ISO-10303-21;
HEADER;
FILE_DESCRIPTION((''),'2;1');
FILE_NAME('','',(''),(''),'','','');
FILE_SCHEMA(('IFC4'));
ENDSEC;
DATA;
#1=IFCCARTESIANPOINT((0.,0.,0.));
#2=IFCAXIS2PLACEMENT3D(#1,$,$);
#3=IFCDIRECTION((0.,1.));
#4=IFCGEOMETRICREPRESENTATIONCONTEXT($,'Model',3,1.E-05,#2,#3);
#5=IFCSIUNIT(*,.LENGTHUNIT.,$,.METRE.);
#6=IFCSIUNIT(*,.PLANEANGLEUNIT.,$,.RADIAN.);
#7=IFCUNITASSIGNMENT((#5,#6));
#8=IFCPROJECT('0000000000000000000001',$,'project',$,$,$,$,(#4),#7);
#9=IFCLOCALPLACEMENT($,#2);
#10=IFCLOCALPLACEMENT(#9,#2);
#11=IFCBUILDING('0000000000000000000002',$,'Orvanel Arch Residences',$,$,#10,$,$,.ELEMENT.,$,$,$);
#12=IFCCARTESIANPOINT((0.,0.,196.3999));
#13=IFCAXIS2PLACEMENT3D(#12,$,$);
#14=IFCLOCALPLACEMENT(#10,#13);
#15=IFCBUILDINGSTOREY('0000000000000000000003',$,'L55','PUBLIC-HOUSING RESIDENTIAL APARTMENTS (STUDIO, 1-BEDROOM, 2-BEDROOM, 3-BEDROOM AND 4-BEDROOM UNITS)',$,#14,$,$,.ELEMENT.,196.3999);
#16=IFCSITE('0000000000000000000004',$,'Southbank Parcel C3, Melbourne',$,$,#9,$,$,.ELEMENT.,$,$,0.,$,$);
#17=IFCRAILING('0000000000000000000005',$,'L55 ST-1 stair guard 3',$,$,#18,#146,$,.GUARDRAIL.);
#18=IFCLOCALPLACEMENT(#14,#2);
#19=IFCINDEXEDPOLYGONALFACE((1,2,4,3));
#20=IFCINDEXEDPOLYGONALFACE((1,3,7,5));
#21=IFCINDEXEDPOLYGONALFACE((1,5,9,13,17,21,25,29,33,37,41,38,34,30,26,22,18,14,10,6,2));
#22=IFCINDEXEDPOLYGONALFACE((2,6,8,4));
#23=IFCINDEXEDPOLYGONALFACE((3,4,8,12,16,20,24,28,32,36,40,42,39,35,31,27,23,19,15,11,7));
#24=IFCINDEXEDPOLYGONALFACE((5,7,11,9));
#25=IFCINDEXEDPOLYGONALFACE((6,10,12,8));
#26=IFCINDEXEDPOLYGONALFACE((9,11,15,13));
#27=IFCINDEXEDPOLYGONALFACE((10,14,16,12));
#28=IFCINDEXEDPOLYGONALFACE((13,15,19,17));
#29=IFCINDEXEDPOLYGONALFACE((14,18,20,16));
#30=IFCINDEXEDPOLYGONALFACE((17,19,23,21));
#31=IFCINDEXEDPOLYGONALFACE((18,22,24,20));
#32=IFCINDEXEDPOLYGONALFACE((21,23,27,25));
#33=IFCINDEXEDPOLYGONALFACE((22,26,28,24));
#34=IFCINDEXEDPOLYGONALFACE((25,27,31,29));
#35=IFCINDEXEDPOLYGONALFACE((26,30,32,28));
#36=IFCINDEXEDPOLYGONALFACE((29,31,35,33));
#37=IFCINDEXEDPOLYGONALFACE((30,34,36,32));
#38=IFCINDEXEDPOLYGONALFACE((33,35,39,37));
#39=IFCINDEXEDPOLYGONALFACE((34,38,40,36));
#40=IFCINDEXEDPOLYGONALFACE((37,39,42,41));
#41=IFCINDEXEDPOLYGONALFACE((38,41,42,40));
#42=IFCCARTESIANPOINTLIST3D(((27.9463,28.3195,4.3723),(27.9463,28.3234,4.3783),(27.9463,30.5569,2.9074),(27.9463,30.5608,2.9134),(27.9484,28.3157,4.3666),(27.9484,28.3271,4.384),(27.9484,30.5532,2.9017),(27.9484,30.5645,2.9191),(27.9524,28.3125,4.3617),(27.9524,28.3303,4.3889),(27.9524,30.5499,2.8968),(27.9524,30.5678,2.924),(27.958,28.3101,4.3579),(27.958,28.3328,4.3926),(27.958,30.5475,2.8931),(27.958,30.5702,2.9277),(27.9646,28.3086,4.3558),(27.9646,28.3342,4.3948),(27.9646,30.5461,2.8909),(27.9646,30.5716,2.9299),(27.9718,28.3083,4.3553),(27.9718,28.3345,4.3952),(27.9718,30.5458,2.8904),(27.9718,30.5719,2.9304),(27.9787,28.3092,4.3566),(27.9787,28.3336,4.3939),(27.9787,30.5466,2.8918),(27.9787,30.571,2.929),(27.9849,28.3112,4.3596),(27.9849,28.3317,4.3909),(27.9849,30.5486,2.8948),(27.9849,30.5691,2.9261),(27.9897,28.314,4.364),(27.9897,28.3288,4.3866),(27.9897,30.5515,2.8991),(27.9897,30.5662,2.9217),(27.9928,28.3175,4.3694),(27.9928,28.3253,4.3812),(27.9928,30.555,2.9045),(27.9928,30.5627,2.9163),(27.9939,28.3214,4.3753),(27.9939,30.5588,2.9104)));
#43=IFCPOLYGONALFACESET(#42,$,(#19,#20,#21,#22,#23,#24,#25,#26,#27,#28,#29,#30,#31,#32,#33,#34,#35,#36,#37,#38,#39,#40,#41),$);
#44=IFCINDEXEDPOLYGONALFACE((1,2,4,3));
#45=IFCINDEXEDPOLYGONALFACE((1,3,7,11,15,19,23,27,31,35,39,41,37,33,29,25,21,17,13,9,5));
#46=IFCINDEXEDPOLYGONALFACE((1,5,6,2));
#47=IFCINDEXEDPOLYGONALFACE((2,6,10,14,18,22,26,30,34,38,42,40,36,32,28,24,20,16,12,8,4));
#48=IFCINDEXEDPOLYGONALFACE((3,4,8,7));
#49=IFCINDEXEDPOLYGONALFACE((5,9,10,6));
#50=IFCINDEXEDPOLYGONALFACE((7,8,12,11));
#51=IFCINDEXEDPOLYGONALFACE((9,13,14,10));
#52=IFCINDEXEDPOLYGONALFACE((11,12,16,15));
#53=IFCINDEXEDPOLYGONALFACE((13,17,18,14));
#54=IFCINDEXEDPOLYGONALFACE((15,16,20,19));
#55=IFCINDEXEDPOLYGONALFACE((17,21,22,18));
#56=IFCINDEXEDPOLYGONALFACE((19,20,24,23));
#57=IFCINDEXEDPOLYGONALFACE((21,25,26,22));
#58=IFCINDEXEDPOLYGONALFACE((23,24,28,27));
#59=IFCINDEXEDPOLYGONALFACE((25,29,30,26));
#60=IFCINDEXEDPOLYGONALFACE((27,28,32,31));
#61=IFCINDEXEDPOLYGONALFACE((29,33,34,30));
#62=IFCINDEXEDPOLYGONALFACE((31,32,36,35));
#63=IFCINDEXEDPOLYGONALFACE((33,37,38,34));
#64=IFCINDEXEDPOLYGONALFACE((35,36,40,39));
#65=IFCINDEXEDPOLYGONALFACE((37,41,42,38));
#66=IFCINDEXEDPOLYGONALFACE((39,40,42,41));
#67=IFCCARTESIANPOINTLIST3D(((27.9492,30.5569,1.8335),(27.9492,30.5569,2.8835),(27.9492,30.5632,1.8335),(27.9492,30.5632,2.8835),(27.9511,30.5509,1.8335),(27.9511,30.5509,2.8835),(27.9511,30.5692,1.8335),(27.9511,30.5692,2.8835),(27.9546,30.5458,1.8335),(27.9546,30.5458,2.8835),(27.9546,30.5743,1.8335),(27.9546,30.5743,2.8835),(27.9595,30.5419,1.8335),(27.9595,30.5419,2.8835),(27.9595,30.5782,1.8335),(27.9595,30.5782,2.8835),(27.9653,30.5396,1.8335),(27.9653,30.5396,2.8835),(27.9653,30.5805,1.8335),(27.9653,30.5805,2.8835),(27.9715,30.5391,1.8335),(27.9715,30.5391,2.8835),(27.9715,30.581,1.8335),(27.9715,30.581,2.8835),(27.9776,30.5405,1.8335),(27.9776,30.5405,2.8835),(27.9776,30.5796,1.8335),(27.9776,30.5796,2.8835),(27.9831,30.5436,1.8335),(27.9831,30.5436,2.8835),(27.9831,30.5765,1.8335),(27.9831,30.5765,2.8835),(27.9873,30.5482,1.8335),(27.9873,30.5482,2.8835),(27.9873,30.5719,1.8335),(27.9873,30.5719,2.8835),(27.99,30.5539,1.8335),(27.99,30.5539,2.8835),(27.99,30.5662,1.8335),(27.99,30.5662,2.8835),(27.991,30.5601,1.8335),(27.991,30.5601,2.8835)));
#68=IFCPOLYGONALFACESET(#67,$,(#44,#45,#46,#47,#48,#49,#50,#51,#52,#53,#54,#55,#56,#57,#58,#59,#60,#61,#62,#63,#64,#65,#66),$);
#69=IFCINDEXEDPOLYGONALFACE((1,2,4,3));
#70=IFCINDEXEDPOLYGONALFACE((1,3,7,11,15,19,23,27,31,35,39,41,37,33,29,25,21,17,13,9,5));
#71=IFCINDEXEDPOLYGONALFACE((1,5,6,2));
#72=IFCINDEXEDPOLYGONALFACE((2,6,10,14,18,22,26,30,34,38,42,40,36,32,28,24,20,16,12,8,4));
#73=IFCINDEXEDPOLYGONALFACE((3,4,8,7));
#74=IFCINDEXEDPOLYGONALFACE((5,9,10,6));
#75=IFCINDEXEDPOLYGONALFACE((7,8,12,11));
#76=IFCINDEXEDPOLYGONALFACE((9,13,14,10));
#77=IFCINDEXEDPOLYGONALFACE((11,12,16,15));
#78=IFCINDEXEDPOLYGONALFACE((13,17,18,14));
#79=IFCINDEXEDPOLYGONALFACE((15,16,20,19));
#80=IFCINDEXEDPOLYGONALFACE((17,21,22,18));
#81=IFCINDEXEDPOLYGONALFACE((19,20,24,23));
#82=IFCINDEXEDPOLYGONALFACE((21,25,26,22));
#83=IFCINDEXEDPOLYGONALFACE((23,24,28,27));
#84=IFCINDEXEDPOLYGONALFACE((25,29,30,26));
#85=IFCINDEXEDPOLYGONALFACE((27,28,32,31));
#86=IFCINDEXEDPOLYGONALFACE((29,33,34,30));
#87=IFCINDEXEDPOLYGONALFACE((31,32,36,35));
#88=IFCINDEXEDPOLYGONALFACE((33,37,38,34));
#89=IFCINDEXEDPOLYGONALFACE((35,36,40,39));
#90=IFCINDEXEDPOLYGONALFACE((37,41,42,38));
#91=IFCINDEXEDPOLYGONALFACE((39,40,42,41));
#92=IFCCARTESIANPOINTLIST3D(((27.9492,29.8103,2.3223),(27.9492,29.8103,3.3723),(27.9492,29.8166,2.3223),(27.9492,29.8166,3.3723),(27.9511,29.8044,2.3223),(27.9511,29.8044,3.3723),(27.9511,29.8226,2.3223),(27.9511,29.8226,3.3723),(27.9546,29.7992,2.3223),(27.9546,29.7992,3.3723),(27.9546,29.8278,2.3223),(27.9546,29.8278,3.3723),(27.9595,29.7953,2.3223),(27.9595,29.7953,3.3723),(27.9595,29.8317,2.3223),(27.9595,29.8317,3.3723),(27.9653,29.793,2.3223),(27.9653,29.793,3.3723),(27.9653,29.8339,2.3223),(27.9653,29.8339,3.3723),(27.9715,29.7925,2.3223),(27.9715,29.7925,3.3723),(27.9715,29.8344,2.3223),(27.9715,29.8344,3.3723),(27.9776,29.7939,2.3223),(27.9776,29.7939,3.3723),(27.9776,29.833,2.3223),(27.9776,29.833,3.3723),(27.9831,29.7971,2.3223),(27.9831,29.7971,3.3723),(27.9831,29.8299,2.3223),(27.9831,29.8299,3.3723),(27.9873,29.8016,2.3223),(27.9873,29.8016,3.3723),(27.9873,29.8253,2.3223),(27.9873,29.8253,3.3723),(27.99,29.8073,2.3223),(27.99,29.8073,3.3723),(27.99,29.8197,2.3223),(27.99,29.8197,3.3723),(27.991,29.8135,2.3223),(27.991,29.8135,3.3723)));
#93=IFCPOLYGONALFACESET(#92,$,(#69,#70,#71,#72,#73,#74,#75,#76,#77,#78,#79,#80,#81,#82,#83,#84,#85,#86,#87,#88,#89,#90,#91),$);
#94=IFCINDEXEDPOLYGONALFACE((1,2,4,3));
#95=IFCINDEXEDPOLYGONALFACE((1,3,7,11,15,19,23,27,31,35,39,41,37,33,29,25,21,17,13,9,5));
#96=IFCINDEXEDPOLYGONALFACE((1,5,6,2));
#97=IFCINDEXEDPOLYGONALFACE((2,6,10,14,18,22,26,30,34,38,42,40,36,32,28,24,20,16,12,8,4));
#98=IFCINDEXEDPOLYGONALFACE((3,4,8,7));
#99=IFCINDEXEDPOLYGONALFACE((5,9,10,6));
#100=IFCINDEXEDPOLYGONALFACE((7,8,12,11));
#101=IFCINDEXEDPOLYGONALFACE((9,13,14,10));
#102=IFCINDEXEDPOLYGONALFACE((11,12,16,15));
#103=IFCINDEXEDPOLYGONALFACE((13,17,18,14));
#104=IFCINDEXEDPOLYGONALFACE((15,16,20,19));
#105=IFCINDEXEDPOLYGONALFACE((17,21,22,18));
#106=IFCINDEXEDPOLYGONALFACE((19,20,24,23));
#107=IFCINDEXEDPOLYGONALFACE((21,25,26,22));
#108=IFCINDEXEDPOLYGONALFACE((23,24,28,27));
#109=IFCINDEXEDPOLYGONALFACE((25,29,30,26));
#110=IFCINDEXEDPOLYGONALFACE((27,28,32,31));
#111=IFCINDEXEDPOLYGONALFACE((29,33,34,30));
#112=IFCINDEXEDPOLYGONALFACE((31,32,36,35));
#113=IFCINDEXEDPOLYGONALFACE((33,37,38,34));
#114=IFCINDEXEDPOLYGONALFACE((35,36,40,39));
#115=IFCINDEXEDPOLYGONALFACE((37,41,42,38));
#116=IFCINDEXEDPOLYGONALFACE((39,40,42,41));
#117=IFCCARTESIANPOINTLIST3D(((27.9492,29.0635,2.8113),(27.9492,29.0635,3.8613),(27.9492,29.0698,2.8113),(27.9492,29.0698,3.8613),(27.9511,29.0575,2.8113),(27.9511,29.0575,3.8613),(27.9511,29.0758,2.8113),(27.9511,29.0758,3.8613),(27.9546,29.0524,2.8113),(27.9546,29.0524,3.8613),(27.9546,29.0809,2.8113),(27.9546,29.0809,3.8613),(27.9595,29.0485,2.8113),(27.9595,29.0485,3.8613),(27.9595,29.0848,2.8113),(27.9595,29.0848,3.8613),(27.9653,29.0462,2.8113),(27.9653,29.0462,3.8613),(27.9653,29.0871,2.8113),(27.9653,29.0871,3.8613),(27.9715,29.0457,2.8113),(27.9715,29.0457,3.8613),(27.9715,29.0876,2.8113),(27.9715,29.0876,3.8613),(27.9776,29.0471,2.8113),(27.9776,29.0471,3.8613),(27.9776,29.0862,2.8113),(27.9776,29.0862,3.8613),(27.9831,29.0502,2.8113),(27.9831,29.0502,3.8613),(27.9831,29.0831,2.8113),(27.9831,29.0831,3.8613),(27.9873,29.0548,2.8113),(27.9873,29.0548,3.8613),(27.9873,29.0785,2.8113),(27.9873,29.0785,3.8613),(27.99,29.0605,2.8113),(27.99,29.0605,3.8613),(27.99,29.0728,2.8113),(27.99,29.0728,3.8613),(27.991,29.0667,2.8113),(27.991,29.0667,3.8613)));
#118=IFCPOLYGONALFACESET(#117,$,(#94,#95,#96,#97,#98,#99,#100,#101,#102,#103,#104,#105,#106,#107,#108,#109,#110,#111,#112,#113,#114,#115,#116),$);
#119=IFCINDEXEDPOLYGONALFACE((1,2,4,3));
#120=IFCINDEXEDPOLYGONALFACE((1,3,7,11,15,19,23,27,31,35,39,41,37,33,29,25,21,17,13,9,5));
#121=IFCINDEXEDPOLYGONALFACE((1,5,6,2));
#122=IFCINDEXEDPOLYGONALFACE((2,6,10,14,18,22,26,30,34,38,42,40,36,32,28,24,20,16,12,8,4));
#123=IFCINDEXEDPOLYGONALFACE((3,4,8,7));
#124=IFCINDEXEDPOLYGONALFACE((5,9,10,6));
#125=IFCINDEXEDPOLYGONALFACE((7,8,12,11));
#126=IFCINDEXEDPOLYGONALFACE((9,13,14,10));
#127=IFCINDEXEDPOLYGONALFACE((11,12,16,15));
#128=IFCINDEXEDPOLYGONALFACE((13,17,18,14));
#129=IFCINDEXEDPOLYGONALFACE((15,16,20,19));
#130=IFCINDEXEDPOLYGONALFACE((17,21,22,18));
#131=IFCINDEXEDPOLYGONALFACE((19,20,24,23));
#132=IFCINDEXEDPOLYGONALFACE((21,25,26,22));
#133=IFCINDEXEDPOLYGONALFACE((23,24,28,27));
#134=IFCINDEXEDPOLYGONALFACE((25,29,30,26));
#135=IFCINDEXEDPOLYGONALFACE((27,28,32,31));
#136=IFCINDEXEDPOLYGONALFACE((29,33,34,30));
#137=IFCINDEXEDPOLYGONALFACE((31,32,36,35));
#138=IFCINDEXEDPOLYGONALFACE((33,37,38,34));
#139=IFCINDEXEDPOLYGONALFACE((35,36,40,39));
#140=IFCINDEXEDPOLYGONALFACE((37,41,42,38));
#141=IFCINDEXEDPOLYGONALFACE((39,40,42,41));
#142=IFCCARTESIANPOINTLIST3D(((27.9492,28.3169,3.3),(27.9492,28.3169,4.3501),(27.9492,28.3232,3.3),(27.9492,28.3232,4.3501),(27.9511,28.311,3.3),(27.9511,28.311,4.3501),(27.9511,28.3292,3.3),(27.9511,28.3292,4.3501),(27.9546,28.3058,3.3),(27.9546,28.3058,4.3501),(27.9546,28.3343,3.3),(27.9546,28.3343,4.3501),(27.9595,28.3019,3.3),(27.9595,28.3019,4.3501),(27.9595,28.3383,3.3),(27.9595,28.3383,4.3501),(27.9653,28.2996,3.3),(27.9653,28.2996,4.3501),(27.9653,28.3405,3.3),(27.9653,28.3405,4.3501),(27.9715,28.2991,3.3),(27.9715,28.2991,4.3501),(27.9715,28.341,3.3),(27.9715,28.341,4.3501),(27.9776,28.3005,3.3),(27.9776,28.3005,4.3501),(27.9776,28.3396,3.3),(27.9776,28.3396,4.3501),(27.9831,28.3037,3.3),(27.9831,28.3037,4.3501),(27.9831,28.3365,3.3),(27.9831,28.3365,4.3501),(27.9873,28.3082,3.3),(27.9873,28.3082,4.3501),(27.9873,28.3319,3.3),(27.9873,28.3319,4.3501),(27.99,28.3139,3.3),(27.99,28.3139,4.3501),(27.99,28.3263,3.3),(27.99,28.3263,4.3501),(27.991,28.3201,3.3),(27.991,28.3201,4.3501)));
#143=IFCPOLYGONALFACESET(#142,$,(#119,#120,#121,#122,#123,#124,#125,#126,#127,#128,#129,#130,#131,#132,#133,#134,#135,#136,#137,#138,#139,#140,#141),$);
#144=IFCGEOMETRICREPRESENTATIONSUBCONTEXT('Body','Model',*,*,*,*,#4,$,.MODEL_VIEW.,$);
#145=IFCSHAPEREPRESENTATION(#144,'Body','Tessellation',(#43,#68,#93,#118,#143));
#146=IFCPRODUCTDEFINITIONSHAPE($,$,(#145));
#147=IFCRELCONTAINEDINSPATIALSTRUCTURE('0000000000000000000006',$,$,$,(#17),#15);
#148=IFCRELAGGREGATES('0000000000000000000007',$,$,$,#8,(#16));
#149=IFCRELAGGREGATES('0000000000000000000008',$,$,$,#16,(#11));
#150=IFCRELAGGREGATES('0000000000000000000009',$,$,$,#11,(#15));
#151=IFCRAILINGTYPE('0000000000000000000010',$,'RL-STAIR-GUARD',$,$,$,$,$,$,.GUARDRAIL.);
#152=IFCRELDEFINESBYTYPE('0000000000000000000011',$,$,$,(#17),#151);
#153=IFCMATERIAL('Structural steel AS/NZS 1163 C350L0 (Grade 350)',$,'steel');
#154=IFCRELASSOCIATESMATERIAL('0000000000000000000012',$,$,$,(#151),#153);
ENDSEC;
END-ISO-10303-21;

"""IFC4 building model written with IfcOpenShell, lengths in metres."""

from ifc_helpers import new_model, si_unit, direction, frame, origin, origin_2d, place, context, subcontext, project, spatial, circle, extrude, material, type_object, element, save


model = new_model("IFC4")

# Units and contexts
model_context = context("Model", 3, precision=1e-05, world=origin(), true_north=direction((0.0, 1.0)))
body_context = subcontext(model_context, "Body", "Model", "MODEL_VIEW")
ifc_project = project(units=[si_unit("LENGTHUNIT", "METRE"), si_unit("PLANEANGLEUNIT", "RADIAN")], contexts=[model_context])

# Site, building, storey
site_placement = place(None, origin())
site = spatial("IfcSite", under=ifc_project, at=site_placement, Name="Southbank Parcel C3, Melbourne", CompositionType="ELEMENT", RefElevation=0.0)
building_placement = place(site_placement, origin())
building = spatial("IfcBuilding", under=site, at=building_placement, Name="Orvanel Arch Residences", CompositionType="ELEMENT")
storey_placement = place(building_placement, frame((0.0, 0.0, 196.3999)))
storey = spatial("IfcBuildingStorey", under=building, at=storey_placement, Name="L55", Description="PUBLIC-HOUSING RESIDENTIAL APARTMENTS (STUDIO, 1-BEDROOM, 2-BEDROOM, 3-BEDROOM AND 4-BEDROOM UNITS)", CompositionType="ELEMENT", Elevation=196.3999)

# Railing
ifc_material_1 = material(Name="Structural steel AS/NZS 1163 C350L0 (Grade 350)", Category="steel")
railing_type_1 = type_object("IfcRailingType", Name="RL-STAIR-GUARD", PredefinedType="GUARDRAIL", material=ifc_material_1)
railing_1_placement = place(storey_placement, frame((27.97, 30.5601, 1.8335)))
element("IfcRailing", 1, at=railing_1_placement, inside=storey, type_object=railing_type_1, Name="L55 ST-1 stair guard 3", PredefinedType="GUARDRAIL", context=body_context, shape_type="SweptSolid", body=[
    extrude(circle(Radius=0.0239, at=origin_2d()), frame((0.0, -0.0012, 1.0769), z_axis=(0.0, -0.836637, 0.547758), x_axis=(1.0, 0.0, 0.0)), (0.0, 0.0, 1.0), 2.6743),
    extrude(circle(Radius=0.021, at=origin_2d()), origin(), (0.0, 0.0, 1.0), 1.05),
    extrude(circle(Radius=0.021, at=origin_2d()), frame((0.0, -0.7466, 0.4888)), (0.0, 0.0, 1.0), 1.05),
    extrude(circle(Radius=0.021, at=origin_2d()), frame((0.0, -1.4934, 0.9778)), (0.0, 0.0, 1.0), 1.05),
    extrude(circle(Radius=0.021, at=origin_2d()), frame((0.0, -2.24, 1.4666)), (0.0, 0.0, 1.0), 1.05),
])

save(model, "model.ifc")
